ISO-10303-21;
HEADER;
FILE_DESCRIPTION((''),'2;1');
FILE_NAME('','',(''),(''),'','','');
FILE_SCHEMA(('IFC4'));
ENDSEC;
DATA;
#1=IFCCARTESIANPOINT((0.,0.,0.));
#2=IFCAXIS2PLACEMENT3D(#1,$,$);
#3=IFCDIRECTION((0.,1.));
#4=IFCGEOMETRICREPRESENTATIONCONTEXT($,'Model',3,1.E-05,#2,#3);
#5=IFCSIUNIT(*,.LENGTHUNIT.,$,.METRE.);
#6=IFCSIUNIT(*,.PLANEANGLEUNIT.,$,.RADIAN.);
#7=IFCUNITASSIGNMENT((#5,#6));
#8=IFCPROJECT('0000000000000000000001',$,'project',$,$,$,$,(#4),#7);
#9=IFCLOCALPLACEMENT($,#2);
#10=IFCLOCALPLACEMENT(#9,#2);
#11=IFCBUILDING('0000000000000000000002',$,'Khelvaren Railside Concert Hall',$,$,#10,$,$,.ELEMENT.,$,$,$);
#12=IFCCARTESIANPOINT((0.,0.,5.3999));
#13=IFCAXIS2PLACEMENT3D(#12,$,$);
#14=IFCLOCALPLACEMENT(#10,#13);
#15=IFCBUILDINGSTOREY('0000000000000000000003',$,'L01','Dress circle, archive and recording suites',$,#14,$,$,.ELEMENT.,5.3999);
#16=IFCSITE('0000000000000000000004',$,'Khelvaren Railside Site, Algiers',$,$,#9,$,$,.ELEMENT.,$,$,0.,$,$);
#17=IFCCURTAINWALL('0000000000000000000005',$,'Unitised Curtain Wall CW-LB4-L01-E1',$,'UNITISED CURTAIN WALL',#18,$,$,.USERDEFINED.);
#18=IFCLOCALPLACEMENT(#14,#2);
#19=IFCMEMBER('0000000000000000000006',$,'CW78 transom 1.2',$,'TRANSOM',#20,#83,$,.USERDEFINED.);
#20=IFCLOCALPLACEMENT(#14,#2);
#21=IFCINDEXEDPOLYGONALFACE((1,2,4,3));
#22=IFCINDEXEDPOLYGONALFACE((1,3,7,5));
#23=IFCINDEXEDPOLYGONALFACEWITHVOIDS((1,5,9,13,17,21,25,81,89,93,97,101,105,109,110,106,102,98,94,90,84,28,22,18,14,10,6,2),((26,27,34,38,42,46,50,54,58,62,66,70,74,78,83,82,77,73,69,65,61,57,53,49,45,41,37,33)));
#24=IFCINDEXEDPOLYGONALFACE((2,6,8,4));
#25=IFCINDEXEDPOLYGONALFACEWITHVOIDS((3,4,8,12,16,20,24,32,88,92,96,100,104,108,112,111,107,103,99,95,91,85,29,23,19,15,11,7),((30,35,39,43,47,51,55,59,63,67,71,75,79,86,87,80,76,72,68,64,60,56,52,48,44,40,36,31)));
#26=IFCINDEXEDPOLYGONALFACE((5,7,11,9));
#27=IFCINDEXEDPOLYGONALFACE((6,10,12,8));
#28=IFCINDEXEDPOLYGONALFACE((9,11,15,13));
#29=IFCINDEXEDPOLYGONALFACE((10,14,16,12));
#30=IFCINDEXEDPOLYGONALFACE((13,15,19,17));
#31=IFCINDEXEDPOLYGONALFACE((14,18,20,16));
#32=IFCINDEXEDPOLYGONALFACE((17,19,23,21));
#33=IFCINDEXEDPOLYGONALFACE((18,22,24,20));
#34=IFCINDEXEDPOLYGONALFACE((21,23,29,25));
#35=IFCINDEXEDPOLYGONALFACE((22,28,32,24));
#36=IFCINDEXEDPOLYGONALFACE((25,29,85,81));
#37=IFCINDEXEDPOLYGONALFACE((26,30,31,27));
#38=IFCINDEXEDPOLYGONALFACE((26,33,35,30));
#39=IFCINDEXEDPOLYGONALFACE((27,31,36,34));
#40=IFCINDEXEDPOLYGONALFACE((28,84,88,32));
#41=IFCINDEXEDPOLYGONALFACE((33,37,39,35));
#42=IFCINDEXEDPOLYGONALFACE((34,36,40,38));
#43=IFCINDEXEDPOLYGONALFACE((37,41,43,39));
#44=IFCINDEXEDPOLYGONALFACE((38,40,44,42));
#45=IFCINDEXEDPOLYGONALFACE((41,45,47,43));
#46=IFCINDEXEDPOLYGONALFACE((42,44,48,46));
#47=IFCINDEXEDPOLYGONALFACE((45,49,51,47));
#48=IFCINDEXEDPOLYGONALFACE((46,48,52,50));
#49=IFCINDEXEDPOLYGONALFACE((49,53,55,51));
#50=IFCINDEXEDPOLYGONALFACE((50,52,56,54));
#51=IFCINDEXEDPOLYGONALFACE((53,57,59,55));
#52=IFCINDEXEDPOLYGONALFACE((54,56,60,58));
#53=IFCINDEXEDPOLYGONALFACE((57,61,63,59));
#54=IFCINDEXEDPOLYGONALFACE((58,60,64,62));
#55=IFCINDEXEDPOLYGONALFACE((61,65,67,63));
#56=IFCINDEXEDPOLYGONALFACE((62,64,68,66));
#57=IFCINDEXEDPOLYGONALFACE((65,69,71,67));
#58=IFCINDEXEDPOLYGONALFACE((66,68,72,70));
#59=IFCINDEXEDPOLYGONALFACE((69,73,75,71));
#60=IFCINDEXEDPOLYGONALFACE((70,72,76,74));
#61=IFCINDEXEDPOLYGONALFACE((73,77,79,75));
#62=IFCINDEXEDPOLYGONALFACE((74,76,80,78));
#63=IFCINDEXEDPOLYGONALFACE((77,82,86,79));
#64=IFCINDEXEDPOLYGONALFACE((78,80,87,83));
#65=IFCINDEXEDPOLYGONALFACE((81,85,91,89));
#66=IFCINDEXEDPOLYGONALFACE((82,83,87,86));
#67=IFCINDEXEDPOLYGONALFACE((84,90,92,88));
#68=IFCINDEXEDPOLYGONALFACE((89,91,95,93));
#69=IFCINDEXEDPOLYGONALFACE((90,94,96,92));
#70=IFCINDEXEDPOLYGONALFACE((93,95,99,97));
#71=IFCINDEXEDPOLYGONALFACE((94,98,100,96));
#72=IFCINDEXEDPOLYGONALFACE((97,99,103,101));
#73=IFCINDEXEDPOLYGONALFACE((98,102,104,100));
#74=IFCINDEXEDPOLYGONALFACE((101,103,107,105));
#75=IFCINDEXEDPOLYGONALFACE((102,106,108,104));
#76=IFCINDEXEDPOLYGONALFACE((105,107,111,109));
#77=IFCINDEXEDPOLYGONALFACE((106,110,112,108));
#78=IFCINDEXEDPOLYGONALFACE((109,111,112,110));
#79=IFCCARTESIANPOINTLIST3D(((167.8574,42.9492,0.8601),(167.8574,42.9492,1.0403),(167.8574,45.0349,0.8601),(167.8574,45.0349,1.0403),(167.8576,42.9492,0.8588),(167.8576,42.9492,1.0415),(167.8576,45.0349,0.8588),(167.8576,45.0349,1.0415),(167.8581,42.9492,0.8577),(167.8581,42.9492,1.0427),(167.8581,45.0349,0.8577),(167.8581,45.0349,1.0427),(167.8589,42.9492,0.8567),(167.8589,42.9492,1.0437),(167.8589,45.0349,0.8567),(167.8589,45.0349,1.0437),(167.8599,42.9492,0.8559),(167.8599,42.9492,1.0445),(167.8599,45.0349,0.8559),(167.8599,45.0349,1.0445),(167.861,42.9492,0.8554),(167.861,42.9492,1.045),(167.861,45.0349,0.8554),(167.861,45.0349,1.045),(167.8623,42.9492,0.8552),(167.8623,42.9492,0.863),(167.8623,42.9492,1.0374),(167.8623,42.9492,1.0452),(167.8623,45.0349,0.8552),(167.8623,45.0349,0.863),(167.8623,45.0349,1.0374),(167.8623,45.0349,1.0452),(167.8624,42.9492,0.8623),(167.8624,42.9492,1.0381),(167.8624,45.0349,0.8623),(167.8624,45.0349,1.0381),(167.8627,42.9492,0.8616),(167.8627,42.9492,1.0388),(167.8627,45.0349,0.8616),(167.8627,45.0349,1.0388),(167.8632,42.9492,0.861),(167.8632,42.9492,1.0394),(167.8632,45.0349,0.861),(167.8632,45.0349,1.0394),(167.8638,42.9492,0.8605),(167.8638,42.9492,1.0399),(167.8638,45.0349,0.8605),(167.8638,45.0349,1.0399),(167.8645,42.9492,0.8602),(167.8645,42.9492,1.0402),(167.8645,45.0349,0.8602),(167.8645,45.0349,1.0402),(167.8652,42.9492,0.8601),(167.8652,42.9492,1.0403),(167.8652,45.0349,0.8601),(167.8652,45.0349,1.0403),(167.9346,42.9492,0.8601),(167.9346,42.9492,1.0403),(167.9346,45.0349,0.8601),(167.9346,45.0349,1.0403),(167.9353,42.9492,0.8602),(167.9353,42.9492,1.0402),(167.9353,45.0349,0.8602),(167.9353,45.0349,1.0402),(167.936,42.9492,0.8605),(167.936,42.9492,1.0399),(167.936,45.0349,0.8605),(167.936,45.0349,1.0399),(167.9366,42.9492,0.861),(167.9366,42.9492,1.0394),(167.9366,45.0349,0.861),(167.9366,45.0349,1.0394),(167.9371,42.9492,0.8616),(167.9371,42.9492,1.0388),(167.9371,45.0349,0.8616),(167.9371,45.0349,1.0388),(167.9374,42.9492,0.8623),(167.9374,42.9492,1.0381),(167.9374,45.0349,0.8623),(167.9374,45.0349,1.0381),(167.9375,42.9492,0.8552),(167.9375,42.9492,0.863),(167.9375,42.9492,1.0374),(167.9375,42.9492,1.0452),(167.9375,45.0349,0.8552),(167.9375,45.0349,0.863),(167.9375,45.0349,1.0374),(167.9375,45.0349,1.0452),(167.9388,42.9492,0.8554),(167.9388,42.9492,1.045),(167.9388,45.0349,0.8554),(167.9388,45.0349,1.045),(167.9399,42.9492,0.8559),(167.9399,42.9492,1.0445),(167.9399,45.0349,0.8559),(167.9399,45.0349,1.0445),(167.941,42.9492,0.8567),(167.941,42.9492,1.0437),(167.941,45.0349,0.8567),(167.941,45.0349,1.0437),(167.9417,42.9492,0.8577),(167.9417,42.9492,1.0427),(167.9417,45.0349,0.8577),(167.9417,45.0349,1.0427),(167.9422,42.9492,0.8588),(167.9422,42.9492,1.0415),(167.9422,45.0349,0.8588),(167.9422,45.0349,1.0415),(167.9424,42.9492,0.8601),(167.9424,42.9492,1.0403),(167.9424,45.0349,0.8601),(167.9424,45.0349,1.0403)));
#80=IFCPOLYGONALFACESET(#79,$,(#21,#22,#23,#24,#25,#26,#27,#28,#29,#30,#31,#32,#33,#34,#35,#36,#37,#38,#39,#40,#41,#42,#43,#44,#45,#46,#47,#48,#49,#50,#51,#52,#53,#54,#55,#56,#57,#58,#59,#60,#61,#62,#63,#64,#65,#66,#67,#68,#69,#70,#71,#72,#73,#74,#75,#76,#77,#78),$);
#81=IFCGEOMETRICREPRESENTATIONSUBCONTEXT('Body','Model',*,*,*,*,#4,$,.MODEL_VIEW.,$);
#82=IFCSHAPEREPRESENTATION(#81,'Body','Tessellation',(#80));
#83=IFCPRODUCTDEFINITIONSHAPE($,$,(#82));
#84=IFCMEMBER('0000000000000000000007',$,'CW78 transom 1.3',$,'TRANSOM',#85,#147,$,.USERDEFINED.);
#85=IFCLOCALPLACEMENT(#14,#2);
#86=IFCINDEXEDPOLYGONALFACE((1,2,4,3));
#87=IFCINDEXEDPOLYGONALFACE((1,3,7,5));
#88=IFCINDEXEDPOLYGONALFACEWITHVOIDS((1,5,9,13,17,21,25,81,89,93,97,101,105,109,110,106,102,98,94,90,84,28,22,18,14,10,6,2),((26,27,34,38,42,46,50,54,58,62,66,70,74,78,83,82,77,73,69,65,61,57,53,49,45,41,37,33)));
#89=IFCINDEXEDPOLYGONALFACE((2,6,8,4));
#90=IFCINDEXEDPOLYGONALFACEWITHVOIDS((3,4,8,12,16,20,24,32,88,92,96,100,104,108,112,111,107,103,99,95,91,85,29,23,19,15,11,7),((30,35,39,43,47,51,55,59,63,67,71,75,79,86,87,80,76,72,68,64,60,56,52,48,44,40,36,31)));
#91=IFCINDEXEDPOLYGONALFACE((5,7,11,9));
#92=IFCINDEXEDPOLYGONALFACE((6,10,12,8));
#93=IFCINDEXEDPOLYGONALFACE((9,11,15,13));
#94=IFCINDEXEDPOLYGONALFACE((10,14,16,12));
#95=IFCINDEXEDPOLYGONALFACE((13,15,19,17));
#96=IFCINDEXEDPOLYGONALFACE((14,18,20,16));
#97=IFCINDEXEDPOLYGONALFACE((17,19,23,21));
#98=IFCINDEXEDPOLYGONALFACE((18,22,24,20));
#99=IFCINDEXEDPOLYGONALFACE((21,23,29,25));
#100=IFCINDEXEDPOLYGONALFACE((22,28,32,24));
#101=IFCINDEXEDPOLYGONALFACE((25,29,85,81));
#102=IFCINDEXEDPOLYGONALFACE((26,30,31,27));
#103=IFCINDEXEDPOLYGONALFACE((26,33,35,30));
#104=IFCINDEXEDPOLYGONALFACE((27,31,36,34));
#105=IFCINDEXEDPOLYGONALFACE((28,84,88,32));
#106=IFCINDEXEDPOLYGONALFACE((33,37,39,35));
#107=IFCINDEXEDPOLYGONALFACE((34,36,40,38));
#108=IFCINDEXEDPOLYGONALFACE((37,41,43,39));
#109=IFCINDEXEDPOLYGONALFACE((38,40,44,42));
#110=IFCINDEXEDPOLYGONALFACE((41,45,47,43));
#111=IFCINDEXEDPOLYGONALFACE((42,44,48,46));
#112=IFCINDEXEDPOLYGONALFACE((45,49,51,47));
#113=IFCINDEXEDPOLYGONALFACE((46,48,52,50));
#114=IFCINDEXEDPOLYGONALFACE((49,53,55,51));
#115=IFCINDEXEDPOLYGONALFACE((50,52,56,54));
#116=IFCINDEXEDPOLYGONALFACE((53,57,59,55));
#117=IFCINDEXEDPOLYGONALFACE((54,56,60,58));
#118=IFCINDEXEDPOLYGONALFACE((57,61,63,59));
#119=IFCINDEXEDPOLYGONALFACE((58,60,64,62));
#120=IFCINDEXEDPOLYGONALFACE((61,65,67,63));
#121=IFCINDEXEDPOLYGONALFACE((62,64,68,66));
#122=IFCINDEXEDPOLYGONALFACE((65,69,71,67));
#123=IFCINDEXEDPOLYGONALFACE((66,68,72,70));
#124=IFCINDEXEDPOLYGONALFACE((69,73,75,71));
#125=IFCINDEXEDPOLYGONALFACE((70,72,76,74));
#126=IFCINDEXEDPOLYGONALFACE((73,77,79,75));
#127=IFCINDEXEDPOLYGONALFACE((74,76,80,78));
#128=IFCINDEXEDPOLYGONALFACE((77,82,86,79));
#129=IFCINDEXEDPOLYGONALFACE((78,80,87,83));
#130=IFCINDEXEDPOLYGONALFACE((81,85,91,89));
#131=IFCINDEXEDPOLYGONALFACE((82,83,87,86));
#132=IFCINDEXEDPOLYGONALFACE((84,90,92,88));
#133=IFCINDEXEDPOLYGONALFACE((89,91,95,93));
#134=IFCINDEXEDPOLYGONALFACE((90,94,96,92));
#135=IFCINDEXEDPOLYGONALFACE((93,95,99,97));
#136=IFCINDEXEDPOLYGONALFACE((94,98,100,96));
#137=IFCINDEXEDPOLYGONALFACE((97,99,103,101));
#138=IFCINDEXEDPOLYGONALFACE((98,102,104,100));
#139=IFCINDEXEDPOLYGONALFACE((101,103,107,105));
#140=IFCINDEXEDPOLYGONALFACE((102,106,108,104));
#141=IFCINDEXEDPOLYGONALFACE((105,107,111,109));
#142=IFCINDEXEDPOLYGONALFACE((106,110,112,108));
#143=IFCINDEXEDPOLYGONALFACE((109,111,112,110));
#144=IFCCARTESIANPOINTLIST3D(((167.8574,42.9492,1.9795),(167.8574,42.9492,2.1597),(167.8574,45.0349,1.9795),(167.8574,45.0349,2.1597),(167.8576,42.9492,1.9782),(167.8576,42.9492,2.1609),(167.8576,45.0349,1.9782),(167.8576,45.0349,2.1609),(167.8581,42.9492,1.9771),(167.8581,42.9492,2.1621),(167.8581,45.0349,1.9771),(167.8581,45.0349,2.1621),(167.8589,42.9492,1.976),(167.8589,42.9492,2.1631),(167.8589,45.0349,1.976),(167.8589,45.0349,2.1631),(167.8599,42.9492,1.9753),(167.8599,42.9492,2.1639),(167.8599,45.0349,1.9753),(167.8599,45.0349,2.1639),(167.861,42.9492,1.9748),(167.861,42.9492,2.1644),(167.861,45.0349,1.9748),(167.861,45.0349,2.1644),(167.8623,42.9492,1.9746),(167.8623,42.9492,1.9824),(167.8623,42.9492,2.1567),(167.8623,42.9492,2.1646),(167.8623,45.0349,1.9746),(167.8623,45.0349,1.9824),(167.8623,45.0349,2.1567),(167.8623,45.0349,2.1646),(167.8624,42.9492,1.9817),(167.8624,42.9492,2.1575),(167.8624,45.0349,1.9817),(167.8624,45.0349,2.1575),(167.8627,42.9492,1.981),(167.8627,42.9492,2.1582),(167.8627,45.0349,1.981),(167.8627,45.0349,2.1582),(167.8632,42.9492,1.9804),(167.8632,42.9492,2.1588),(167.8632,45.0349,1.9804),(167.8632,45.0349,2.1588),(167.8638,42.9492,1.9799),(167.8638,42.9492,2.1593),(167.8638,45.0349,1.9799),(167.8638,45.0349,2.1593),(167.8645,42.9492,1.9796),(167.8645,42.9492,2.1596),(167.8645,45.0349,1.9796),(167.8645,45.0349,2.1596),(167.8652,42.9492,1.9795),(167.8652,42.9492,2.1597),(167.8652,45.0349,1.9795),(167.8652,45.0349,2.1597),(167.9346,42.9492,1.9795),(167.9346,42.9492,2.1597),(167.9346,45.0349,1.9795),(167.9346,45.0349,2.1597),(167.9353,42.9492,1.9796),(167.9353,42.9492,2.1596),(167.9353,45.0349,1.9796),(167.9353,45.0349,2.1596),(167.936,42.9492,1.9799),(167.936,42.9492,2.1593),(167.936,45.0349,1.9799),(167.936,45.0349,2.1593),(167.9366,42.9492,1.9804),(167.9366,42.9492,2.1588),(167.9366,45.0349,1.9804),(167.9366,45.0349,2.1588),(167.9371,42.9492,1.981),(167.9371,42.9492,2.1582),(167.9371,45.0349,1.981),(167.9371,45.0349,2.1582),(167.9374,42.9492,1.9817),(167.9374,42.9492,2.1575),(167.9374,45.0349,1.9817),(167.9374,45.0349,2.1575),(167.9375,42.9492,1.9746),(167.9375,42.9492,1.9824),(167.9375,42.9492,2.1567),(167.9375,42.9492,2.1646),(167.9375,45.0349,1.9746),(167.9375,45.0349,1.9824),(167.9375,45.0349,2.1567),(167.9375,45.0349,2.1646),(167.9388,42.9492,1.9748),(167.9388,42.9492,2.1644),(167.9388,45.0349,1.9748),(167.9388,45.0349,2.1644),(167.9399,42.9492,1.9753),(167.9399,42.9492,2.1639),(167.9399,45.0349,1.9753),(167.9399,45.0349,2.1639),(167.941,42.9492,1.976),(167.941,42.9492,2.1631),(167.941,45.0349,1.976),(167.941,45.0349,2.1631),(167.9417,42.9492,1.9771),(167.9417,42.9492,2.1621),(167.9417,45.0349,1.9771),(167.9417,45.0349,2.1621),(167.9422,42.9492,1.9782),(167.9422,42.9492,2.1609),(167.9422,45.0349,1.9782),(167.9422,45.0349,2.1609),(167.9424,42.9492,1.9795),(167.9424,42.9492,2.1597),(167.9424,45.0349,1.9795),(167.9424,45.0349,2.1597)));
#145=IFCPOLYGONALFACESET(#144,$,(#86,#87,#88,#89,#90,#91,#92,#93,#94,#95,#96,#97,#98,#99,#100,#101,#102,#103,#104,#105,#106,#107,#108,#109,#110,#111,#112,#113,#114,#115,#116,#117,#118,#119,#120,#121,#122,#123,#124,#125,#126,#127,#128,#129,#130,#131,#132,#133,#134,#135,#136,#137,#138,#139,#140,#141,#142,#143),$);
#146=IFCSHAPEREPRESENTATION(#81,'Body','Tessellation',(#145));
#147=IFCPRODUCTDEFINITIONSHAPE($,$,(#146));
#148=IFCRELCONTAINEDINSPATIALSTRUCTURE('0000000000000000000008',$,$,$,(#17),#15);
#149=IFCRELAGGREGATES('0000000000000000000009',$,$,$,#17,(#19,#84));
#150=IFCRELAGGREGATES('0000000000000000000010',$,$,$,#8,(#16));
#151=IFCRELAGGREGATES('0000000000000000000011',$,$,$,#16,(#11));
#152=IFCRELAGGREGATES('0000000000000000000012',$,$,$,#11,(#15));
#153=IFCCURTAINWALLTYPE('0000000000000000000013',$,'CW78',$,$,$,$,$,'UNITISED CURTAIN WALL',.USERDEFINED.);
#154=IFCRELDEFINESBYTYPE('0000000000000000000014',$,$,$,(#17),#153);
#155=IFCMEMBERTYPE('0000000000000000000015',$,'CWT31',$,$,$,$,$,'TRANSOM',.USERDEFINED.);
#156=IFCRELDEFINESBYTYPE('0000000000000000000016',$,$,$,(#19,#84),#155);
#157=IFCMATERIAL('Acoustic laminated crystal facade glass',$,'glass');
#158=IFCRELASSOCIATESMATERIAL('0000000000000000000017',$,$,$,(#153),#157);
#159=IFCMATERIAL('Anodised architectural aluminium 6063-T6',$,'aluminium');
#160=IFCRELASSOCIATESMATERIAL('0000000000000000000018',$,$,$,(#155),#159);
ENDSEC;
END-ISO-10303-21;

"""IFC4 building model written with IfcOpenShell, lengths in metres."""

from ifc_helpers import new_model, si_unit, direction, frame, origin, origin_2d, place, context, subcontext, project, spatial, hollow_rectangle, extrude, material, material_profile, profile_set, type_object, element, aggregate, save


model = new_model("IFC4")

# Units and contexts
model_context = context("Model", 3, precision=1e-05, world=origin(), true_north=direction((0.0, 1.0)))
body_context = subcontext(model_context, "Body", "Model", "MODEL_VIEW")
ifc_project = project(units=[si_unit("LENGTHUNIT", "METRE"), si_unit("PLANEANGLEUNIT", "RADIAN")], contexts=[model_context])

# Site, building, storey
site_placement = place(None, origin())
site = spatial("IfcSite", under=ifc_project, at=site_placement, Name="Khelvaren Railside Site, Algiers", CompositionType="ELEMENT", RefElevation=0.0)
building_placement = place(site_placement, origin())
building = spatial("IfcBuilding", under=site, at=building_placement, Name="Khelvaren Railside Concert Hall", CompositionType="ELEMENT")
storey_placement = place(building_placement, frame((0.0, 0.0, 5.3999)))
storey = spatial("IfcBuildingStorey", under=building, at=storey_placement, Name="L01", Description="Dress circle, archive and recording suites", CompositionType="ELEMENT", Elevation=5.3999)

# Curtain wall, members
ifc_material_1 = material(Name="Acoustic laminated crystal facade glass", Category="glass")
curtain_wall_type = type_object("IfcCurtainWallType", Name="CW78", ElementType="UNITISED CURTAIN WALL", PredefinedType="USERDEFINED", material=ifc_material_1)
curtain_wall_placement = place(storey_placement, origin())
curtain_wall = element("IfcCurtainWall", 1, at=curtain_wall_placement, inside=storey, type_object=curtain_wall_type, Name="Unitised Curtain Wall CW-LB4-L01-E1", ObjectType="UNITISED CURTAIN WALL", PredefinedType="USERDEFINED")
ifc_material_2 = material(Name="Anodised architectural aluminium 6063-T6", Category="aluminium")
ifc_material_profile_1 = material_profile(ifc_material_2, hollow_rectangle(XDim=0.085, YDim=0.1899, WallThickness=0.0049, InnerFilletRadius=0.0029, OuterFilletRadius=0.0049, at=origin_2d()), Name="CWT 85x190x5")
ifc_profile_set_1 = profile_set([ifc_material_profile_1], Name="Anodised architectural aluminium 6063-T6")
member_type_1 = type_object("IfcMemberType", Name="CWT31", ElementType="TRANSOM", PredefinedType="USERDEFINED", material=ifc_profile_set_1)
member_1_placement = place(storey_placement, frame((167.8999, 45.0349, 0.9502), z_axis=(0.0, -1.0, 0.0), x_axis=(1.0, 0.0, 0.0)))
member_1 = element("IfcMember", 2, at=member_1_placement, type_object=member_type_1, Name="CW78 transom 1.2", ObjectType="TRANSOM", PredefinedType="USERDEFINED", context=body_context, shape_type="SweptSolid", body=[
    extrude(hollow_rectangle(XDim=0.085, YDim=0.1899, WallThickness=0.0049, InnerFilletRadius=0.0029, OuterFilletRadius=0.0049, at=origin_2d()), origin(), (0.0, 0.0, 1.0), 2.0857),
])
member_2_placement = place(storey_placement, frame((167.8999, 45.0349, 2.0696), z_axis=(0.0, -1.0, 0.0), x_axis=(1.0, 0.0, 0.0)))
member_2 = element("IfcMember", 3, at=member_2_placement, type_object=member_type_1, Name="CW78 transom 1.3", ObjectType="TRANSOM", PredefinedType="USERDEFINED", context=body_context, shape_type="SweptSolid", body=[
    extrude(hollow_rectangle(XDim=0.085, YDim=0.1899, WallThickness=0.0049, InnerFilletRadius=0.0029, OuterFilletRadius=0.0049, at=origin_2d()), origin(), (0.0, 0.0, 1.0), 2.0857),
])

aggregate(curtain_wall, [member_1, member_2])

save(model, "model.ifc")
